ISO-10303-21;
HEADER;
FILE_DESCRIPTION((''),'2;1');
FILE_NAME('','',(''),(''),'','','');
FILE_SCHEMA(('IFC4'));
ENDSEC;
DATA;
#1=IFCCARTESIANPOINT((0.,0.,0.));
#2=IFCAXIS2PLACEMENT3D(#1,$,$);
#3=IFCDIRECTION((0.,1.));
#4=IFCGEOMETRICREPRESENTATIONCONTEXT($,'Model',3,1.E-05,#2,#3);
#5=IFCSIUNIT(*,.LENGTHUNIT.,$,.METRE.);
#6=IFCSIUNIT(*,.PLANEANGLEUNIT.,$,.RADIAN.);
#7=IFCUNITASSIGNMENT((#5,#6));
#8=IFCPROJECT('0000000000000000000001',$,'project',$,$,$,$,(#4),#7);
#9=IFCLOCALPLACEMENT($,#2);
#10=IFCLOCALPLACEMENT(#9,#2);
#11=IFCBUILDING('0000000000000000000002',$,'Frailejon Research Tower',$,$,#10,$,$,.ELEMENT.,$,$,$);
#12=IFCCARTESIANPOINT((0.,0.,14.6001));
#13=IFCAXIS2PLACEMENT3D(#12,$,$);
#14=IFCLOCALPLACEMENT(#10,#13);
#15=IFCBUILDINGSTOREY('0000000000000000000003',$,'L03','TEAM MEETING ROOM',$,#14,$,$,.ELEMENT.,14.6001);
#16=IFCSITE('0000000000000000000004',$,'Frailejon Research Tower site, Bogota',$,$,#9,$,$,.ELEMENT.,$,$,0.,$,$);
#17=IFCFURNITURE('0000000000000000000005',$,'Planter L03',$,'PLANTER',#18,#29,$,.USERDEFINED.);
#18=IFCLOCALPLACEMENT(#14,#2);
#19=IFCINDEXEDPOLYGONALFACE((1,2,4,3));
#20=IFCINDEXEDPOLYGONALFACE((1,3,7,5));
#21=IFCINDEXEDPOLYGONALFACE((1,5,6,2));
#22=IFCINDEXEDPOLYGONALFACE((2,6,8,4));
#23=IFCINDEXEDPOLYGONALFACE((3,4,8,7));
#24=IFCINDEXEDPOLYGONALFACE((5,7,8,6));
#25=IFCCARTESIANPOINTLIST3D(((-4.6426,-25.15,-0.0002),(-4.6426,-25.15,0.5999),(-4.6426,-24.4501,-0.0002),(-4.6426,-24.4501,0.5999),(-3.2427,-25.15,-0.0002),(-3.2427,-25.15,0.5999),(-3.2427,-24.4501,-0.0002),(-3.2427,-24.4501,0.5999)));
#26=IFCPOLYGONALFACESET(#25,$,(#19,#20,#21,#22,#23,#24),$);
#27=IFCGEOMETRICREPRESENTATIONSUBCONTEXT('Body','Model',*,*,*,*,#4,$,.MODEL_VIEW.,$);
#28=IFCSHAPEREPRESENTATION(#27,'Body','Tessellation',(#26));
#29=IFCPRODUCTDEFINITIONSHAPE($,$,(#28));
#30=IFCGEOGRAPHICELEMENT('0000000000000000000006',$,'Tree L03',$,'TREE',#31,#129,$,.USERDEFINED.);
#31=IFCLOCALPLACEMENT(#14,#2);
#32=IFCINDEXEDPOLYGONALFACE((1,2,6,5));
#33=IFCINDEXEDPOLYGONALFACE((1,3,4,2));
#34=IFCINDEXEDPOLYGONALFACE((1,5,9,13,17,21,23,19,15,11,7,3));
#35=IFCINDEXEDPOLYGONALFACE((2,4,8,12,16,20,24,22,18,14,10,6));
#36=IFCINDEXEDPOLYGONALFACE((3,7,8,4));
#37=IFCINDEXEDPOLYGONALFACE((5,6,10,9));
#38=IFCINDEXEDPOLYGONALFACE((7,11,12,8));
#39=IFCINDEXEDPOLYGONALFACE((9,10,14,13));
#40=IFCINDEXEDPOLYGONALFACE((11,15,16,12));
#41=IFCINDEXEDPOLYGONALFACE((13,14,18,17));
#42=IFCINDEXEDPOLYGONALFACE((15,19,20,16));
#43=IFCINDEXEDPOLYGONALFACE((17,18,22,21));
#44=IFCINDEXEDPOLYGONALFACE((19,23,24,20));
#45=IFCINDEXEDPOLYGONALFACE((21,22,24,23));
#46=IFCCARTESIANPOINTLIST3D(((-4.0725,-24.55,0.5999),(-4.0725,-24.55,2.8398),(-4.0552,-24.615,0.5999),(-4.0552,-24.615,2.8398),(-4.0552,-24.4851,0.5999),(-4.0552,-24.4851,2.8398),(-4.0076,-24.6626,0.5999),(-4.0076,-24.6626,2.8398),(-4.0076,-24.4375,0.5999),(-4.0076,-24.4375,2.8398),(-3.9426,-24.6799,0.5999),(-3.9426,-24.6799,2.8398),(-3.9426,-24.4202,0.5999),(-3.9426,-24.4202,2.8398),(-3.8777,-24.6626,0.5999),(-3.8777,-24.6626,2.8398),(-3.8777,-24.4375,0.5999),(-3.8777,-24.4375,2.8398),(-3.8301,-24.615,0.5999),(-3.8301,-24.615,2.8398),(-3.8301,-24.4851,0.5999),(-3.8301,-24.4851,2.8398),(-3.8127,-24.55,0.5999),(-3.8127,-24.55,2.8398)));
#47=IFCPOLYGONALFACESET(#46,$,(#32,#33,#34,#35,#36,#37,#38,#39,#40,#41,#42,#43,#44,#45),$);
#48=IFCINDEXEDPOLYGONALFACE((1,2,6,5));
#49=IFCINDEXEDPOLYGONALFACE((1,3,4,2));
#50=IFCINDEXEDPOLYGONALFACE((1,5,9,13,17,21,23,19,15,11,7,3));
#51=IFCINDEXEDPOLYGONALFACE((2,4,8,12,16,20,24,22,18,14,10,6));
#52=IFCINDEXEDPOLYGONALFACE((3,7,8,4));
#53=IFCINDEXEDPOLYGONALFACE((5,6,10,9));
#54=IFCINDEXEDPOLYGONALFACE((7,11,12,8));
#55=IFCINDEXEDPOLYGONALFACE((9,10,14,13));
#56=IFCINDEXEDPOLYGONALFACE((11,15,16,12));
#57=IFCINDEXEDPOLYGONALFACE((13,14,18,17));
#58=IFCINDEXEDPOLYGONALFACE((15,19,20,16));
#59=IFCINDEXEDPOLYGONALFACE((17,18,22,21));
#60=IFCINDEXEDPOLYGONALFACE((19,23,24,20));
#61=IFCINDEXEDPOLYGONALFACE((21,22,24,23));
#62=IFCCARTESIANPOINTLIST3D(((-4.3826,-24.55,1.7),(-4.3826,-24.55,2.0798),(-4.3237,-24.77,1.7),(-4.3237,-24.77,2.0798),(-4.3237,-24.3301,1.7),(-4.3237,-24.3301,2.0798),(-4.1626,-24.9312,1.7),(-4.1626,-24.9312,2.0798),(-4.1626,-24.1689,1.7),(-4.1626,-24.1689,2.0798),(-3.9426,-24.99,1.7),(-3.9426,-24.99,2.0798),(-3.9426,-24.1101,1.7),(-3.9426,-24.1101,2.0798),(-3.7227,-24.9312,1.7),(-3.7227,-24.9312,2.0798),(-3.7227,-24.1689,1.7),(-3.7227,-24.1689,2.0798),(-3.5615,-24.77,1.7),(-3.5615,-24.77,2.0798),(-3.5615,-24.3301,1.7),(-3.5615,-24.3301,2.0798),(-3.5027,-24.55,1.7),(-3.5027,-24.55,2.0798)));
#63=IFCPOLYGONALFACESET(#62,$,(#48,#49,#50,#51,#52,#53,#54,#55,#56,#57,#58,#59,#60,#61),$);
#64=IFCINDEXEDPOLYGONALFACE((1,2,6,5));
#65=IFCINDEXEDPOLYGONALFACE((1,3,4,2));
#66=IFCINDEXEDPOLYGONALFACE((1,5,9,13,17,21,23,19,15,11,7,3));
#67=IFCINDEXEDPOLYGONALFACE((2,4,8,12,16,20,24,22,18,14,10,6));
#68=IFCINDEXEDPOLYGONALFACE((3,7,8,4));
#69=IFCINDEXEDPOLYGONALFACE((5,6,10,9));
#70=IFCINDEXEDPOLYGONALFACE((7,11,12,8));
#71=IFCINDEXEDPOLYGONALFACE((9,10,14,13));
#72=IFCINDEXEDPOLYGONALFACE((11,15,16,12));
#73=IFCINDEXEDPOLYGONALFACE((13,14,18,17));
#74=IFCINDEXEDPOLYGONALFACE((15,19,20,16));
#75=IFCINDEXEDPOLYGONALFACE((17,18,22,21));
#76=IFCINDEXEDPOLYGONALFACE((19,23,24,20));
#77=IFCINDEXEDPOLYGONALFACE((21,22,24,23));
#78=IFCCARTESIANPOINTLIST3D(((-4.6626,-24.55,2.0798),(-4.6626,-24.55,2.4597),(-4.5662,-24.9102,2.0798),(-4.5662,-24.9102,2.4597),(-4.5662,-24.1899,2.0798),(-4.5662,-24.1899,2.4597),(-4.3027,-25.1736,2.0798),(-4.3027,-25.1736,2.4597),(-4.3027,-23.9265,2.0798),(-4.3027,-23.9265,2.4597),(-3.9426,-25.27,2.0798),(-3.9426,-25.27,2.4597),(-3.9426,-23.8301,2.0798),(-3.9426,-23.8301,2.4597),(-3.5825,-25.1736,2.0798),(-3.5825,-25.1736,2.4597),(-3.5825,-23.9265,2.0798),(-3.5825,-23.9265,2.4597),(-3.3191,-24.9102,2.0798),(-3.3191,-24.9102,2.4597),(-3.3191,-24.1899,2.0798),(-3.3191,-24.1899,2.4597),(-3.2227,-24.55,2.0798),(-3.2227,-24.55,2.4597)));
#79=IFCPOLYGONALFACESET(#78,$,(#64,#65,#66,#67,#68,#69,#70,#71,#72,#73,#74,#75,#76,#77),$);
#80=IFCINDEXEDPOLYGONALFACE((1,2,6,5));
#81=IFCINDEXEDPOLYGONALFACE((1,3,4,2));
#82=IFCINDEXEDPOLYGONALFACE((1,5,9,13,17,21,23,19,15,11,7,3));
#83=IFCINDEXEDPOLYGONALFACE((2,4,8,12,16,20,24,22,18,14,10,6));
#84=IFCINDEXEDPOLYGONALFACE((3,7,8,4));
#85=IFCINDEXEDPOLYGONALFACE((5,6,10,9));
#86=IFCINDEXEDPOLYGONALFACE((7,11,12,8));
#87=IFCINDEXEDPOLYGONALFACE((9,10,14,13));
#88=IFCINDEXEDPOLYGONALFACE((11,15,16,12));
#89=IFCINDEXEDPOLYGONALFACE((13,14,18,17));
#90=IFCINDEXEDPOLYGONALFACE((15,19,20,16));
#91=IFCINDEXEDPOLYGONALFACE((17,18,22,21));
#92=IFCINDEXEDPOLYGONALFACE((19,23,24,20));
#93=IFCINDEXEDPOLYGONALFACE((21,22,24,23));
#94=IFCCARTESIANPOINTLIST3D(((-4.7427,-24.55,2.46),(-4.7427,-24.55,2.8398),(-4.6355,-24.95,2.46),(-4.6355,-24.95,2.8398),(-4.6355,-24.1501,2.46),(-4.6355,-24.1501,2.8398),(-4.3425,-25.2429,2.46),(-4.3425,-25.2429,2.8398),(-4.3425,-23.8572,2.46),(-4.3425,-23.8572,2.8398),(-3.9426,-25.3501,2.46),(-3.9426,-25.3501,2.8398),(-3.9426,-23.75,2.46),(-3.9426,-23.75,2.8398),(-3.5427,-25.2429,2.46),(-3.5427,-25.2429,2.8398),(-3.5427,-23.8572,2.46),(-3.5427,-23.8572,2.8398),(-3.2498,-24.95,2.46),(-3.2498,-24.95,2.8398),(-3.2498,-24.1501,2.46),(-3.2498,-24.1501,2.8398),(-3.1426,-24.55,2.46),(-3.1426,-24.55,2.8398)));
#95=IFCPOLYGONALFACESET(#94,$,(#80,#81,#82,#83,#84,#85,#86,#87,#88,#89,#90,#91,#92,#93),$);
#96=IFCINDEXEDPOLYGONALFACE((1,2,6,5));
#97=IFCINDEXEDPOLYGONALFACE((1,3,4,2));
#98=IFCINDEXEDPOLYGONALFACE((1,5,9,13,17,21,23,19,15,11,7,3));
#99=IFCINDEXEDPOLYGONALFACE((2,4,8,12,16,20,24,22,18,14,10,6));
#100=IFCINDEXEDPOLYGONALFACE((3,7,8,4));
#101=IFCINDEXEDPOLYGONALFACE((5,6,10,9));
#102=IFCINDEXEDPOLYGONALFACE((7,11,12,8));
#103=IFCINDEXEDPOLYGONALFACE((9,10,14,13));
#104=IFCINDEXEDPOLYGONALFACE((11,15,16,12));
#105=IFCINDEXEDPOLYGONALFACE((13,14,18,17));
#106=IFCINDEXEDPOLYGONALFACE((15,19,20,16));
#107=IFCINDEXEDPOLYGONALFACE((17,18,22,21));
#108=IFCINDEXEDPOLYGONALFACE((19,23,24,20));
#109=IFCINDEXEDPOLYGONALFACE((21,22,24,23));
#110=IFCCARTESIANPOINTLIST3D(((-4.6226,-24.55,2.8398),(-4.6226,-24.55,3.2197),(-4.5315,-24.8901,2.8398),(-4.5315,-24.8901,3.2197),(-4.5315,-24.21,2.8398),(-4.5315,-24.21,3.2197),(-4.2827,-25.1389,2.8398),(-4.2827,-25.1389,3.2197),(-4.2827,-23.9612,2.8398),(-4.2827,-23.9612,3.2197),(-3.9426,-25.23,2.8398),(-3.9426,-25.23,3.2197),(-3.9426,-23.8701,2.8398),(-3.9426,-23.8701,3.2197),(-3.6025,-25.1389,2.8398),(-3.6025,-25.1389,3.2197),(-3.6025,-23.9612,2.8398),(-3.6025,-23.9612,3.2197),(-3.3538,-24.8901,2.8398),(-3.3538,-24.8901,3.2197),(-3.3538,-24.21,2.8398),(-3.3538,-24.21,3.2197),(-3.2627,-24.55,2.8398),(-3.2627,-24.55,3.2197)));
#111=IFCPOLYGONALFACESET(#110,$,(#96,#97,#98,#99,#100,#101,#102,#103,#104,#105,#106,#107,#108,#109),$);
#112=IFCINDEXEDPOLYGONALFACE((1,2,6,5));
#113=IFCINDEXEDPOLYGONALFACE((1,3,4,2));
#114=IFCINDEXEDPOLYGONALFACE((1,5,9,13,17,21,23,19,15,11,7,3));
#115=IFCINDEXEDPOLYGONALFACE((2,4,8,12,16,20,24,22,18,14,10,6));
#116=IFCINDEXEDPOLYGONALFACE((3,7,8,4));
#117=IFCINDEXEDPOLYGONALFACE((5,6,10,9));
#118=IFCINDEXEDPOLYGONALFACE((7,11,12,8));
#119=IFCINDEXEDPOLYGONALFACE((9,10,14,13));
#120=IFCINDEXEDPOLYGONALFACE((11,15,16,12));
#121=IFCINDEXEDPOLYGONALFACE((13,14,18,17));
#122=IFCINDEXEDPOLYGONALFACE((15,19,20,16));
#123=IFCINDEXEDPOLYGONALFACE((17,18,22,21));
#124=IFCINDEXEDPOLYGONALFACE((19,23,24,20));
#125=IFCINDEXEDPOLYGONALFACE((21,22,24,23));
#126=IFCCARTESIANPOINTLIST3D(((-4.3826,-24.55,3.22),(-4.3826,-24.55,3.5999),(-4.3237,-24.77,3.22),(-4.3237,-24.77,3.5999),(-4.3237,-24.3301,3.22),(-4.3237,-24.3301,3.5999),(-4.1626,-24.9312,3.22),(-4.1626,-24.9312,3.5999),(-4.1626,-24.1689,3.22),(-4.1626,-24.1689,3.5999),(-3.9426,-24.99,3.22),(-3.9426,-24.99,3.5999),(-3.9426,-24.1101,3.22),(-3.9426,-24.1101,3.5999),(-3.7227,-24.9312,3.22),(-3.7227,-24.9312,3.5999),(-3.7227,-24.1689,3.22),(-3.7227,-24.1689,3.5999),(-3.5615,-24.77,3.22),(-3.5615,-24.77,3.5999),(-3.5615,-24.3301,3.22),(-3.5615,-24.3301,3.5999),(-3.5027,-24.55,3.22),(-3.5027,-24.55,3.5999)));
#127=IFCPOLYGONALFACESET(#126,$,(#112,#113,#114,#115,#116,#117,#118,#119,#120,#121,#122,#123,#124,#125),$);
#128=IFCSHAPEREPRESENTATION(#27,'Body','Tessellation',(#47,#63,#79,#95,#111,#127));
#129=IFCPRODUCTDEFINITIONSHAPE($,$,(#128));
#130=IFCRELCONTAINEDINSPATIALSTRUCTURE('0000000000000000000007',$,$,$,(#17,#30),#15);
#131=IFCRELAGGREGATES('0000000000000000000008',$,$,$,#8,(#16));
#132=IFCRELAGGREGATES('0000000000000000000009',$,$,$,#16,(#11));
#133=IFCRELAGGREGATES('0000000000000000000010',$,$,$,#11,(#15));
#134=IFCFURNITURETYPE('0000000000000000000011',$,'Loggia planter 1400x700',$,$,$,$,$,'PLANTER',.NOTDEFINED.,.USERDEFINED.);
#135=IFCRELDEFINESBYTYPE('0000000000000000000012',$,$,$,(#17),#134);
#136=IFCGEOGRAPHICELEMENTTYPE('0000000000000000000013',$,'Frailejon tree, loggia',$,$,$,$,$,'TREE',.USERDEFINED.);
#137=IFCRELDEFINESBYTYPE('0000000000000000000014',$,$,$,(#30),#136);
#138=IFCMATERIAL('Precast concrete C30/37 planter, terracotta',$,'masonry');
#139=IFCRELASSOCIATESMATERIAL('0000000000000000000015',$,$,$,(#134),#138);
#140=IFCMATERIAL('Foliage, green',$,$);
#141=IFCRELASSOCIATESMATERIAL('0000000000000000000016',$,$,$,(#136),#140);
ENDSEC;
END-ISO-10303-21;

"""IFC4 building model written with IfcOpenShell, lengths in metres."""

from ifc_helpers import new_model, si_unit, direction, frame, origin, origin_2d, place, context, subcontext, project, spatial, polyline, rectangle, outline, extrude, material, type_object, element, save


model = new_model("IFC4")

# Units and contexts
model_context = context("Model", 3, precision=1e-05, world=origin(), true_north=direction((0.0, 1.0)))
body_context = subcontext(model_context, "Body", "Model", "MODEL_VIEW")
ifc_project = project(units=[si_unit("LENGTHUNIT", "METRE"), si_unit("PLANEANGLEUNIT", "RADIAN")], contexts=[model_context])

# Site, building, storey
site_placement = place(None, origin())
site = spatial("IfcSite", under=ifc_project, at=site_placement, Name="Frailejon Research Tower site, Bogota", CompositionType="ELEMENT", RefElevation=0.0)
building_placement = place(site_placement, origin())
building = spatial("IfcBuilding", under=site, at=building_placement, Name="Frailejon Research Tower", CompositionType="ELEMENT")
storey_placement = place(building_placement, frame((0.0, 0.0, 14.6001)))
storey = spatial("IfcBuildingStorey", under=building, at=storey_placement, Name="L03", Description="TEAM MEETING ROOM", CompositionType="ELEMENT", Elevation=14.6001)

# Furniture
ifc_material_1 = material(Name="Precast concrete C30/37 planter, terracotta", Category="masonry")
furniture_type = type_object("IfcFurnitureType", Name="Loggia planter 1400x700", ElementType="PLANTER", AssemblyPlace="NOTDEFINED", PredefinedType="USERDEFINED", material=ifc_material_1)
furniture_placement = place(storey_placement, frame((-3.9426, -24.8, -0.0002), z_axis=(0.0, 0.0, 1.0), x_axis=(1.0, 0.0, 0.0)))
element("IfcFurniture", 1, at=furniture_placement, inside=storey, type_object=furniture_type, Name="Planter L03", ObjectType="PLANTER", PredefinedType="USERDEFINED", context=body_context, shape_type="SweptSolid", body=[
    extrude(rectangle(XDim=1.3999, YDim=0.7, at=origin_2d()), origin(), (0.0, 0.0, 1.0), 0.6001),
])

# Geographic element
ifc_material_2 = material(Name="Foliage, green")
geographic_element_type = type_object("IfcGeographicElementType", Name="Frailejon tree, loggia", ElementType="TREE", PredefinedType="USERDEFINED", material=ifc_material_2)
geographic_element_placement = place(storey_placement, frame((-3.9426, -24.55, 0.5999)))
element("IfcGeographicElement", 2, at=geographic_element_placement, inside=storey, type_object=geographic_element_type, Name="Tree L03", ObjectType="TREE", PredefinedType="USERDEFINED", context=body_context, shape_type="SweptSolid", body=[
    extrude(outline(polyline([(0.1299, 0.0), (0.1125, 0.0649), (0.0649, 0.1125), (0.0, 0.1299), (-0.0649, 0.1125), (-0.1125, 0.0649), (-0.1299, 0.0), (-0.1125, -0.0649), (-0.0649, -0.1125), (0.0, -0.1299), (0.0649, -0.1125), (0.1125, -0.0649), (0.1299, 0.0)])), origin(), (0.0, 0.0, 1.0), 2.24),
    extrude(outline(polyline([(0.4399, 0.0), (0.3811, 0.22), (0.22, 0.3811), (0.0, 0.4399), (-0.22, 0.3811), (-0.3811, 0.22), (-0.4399, 0.0), (-0.3811, -0.22), (-0.22, -0.3811), (0.0, -0.4399), (0.22, -0.3811), (0.3811, -0.22), (0.4399, 0.0)])), frame((0.0, 0.0, 1.1001)), (0.0, 0.0, 1.0), 0.3799),
    extrude(outline(polyline([(0.72, 0.0), (0.6235, 0.3601), (0.3601, 0.6235), (0.0, 0.72), (-0.3601, 0.6235), (-0.6235, 0.3601), (-0.72, 0.0), (-0.6235, -0.3601), (-0.3601, -0.6235), (0.0, -0.72), (0.3601, -0.6235), (0.6235, -0.3601), (0.72, 0.0)])), frame((0.0, 0.0, 1.48)), (0.0, 0.0, 1.0), 0.3799),
    extrude(outline(polyline([(0.8, 0.0), (0.6929, 0.3999), (0.3999, 0.6929), (0.0, 0.8), (-0.3999, 0.6929), (-0.6929, 0.3999), (-0.8, 0.0), (-0.6929, -0.3999), (-0.3999, -0.6929), (0.0, -0.8), (0.3999, -0.6929), (0.6929, -0.3999), (0.8, 0.0)])), frame((0.0, 0.0, 1.8601)), (0.0, 0.0, 1.0), 0.3799),
    extrude(outline(polyline([(0.6799, 0.0), (0.5889, 0.3401), (0.3401, 0.5889), (0.0, 0.6799), (-0.3401, 0.5889), (-0.5889, 0.3401), (-0.6799, 0.0), (-0.5889, -0.3401), (-0.3401, -0.5889), (0.0, -0.6799), (0.3401, -0.5889), (0.5889, -0.3401), (0.6799, 0.0)])), frame((0.0, 0.0, 2.24)), (0.0, 0.0, 1.0), 0.3799),
    extrude(outline(polyline([(0.4399, 0.0), (0.3811, 0.22), (0.22, 0.3811), (0.0, 0.4399), (-0.22, 0.3811), (-0.3811, 0.22), (-0.4399, 0.0), (-0.3811, -0.22), (-0.22, -0.3811), (0.0, -0.4399), (0.22, -0.3811), (0.3811, -0.22), (0.4399, 0.0)])), frame((0.0, 0.0, 2.6201)), (0.0, 0.0, 1.0), 0.3799),
])

save(model, "model.ifc")
